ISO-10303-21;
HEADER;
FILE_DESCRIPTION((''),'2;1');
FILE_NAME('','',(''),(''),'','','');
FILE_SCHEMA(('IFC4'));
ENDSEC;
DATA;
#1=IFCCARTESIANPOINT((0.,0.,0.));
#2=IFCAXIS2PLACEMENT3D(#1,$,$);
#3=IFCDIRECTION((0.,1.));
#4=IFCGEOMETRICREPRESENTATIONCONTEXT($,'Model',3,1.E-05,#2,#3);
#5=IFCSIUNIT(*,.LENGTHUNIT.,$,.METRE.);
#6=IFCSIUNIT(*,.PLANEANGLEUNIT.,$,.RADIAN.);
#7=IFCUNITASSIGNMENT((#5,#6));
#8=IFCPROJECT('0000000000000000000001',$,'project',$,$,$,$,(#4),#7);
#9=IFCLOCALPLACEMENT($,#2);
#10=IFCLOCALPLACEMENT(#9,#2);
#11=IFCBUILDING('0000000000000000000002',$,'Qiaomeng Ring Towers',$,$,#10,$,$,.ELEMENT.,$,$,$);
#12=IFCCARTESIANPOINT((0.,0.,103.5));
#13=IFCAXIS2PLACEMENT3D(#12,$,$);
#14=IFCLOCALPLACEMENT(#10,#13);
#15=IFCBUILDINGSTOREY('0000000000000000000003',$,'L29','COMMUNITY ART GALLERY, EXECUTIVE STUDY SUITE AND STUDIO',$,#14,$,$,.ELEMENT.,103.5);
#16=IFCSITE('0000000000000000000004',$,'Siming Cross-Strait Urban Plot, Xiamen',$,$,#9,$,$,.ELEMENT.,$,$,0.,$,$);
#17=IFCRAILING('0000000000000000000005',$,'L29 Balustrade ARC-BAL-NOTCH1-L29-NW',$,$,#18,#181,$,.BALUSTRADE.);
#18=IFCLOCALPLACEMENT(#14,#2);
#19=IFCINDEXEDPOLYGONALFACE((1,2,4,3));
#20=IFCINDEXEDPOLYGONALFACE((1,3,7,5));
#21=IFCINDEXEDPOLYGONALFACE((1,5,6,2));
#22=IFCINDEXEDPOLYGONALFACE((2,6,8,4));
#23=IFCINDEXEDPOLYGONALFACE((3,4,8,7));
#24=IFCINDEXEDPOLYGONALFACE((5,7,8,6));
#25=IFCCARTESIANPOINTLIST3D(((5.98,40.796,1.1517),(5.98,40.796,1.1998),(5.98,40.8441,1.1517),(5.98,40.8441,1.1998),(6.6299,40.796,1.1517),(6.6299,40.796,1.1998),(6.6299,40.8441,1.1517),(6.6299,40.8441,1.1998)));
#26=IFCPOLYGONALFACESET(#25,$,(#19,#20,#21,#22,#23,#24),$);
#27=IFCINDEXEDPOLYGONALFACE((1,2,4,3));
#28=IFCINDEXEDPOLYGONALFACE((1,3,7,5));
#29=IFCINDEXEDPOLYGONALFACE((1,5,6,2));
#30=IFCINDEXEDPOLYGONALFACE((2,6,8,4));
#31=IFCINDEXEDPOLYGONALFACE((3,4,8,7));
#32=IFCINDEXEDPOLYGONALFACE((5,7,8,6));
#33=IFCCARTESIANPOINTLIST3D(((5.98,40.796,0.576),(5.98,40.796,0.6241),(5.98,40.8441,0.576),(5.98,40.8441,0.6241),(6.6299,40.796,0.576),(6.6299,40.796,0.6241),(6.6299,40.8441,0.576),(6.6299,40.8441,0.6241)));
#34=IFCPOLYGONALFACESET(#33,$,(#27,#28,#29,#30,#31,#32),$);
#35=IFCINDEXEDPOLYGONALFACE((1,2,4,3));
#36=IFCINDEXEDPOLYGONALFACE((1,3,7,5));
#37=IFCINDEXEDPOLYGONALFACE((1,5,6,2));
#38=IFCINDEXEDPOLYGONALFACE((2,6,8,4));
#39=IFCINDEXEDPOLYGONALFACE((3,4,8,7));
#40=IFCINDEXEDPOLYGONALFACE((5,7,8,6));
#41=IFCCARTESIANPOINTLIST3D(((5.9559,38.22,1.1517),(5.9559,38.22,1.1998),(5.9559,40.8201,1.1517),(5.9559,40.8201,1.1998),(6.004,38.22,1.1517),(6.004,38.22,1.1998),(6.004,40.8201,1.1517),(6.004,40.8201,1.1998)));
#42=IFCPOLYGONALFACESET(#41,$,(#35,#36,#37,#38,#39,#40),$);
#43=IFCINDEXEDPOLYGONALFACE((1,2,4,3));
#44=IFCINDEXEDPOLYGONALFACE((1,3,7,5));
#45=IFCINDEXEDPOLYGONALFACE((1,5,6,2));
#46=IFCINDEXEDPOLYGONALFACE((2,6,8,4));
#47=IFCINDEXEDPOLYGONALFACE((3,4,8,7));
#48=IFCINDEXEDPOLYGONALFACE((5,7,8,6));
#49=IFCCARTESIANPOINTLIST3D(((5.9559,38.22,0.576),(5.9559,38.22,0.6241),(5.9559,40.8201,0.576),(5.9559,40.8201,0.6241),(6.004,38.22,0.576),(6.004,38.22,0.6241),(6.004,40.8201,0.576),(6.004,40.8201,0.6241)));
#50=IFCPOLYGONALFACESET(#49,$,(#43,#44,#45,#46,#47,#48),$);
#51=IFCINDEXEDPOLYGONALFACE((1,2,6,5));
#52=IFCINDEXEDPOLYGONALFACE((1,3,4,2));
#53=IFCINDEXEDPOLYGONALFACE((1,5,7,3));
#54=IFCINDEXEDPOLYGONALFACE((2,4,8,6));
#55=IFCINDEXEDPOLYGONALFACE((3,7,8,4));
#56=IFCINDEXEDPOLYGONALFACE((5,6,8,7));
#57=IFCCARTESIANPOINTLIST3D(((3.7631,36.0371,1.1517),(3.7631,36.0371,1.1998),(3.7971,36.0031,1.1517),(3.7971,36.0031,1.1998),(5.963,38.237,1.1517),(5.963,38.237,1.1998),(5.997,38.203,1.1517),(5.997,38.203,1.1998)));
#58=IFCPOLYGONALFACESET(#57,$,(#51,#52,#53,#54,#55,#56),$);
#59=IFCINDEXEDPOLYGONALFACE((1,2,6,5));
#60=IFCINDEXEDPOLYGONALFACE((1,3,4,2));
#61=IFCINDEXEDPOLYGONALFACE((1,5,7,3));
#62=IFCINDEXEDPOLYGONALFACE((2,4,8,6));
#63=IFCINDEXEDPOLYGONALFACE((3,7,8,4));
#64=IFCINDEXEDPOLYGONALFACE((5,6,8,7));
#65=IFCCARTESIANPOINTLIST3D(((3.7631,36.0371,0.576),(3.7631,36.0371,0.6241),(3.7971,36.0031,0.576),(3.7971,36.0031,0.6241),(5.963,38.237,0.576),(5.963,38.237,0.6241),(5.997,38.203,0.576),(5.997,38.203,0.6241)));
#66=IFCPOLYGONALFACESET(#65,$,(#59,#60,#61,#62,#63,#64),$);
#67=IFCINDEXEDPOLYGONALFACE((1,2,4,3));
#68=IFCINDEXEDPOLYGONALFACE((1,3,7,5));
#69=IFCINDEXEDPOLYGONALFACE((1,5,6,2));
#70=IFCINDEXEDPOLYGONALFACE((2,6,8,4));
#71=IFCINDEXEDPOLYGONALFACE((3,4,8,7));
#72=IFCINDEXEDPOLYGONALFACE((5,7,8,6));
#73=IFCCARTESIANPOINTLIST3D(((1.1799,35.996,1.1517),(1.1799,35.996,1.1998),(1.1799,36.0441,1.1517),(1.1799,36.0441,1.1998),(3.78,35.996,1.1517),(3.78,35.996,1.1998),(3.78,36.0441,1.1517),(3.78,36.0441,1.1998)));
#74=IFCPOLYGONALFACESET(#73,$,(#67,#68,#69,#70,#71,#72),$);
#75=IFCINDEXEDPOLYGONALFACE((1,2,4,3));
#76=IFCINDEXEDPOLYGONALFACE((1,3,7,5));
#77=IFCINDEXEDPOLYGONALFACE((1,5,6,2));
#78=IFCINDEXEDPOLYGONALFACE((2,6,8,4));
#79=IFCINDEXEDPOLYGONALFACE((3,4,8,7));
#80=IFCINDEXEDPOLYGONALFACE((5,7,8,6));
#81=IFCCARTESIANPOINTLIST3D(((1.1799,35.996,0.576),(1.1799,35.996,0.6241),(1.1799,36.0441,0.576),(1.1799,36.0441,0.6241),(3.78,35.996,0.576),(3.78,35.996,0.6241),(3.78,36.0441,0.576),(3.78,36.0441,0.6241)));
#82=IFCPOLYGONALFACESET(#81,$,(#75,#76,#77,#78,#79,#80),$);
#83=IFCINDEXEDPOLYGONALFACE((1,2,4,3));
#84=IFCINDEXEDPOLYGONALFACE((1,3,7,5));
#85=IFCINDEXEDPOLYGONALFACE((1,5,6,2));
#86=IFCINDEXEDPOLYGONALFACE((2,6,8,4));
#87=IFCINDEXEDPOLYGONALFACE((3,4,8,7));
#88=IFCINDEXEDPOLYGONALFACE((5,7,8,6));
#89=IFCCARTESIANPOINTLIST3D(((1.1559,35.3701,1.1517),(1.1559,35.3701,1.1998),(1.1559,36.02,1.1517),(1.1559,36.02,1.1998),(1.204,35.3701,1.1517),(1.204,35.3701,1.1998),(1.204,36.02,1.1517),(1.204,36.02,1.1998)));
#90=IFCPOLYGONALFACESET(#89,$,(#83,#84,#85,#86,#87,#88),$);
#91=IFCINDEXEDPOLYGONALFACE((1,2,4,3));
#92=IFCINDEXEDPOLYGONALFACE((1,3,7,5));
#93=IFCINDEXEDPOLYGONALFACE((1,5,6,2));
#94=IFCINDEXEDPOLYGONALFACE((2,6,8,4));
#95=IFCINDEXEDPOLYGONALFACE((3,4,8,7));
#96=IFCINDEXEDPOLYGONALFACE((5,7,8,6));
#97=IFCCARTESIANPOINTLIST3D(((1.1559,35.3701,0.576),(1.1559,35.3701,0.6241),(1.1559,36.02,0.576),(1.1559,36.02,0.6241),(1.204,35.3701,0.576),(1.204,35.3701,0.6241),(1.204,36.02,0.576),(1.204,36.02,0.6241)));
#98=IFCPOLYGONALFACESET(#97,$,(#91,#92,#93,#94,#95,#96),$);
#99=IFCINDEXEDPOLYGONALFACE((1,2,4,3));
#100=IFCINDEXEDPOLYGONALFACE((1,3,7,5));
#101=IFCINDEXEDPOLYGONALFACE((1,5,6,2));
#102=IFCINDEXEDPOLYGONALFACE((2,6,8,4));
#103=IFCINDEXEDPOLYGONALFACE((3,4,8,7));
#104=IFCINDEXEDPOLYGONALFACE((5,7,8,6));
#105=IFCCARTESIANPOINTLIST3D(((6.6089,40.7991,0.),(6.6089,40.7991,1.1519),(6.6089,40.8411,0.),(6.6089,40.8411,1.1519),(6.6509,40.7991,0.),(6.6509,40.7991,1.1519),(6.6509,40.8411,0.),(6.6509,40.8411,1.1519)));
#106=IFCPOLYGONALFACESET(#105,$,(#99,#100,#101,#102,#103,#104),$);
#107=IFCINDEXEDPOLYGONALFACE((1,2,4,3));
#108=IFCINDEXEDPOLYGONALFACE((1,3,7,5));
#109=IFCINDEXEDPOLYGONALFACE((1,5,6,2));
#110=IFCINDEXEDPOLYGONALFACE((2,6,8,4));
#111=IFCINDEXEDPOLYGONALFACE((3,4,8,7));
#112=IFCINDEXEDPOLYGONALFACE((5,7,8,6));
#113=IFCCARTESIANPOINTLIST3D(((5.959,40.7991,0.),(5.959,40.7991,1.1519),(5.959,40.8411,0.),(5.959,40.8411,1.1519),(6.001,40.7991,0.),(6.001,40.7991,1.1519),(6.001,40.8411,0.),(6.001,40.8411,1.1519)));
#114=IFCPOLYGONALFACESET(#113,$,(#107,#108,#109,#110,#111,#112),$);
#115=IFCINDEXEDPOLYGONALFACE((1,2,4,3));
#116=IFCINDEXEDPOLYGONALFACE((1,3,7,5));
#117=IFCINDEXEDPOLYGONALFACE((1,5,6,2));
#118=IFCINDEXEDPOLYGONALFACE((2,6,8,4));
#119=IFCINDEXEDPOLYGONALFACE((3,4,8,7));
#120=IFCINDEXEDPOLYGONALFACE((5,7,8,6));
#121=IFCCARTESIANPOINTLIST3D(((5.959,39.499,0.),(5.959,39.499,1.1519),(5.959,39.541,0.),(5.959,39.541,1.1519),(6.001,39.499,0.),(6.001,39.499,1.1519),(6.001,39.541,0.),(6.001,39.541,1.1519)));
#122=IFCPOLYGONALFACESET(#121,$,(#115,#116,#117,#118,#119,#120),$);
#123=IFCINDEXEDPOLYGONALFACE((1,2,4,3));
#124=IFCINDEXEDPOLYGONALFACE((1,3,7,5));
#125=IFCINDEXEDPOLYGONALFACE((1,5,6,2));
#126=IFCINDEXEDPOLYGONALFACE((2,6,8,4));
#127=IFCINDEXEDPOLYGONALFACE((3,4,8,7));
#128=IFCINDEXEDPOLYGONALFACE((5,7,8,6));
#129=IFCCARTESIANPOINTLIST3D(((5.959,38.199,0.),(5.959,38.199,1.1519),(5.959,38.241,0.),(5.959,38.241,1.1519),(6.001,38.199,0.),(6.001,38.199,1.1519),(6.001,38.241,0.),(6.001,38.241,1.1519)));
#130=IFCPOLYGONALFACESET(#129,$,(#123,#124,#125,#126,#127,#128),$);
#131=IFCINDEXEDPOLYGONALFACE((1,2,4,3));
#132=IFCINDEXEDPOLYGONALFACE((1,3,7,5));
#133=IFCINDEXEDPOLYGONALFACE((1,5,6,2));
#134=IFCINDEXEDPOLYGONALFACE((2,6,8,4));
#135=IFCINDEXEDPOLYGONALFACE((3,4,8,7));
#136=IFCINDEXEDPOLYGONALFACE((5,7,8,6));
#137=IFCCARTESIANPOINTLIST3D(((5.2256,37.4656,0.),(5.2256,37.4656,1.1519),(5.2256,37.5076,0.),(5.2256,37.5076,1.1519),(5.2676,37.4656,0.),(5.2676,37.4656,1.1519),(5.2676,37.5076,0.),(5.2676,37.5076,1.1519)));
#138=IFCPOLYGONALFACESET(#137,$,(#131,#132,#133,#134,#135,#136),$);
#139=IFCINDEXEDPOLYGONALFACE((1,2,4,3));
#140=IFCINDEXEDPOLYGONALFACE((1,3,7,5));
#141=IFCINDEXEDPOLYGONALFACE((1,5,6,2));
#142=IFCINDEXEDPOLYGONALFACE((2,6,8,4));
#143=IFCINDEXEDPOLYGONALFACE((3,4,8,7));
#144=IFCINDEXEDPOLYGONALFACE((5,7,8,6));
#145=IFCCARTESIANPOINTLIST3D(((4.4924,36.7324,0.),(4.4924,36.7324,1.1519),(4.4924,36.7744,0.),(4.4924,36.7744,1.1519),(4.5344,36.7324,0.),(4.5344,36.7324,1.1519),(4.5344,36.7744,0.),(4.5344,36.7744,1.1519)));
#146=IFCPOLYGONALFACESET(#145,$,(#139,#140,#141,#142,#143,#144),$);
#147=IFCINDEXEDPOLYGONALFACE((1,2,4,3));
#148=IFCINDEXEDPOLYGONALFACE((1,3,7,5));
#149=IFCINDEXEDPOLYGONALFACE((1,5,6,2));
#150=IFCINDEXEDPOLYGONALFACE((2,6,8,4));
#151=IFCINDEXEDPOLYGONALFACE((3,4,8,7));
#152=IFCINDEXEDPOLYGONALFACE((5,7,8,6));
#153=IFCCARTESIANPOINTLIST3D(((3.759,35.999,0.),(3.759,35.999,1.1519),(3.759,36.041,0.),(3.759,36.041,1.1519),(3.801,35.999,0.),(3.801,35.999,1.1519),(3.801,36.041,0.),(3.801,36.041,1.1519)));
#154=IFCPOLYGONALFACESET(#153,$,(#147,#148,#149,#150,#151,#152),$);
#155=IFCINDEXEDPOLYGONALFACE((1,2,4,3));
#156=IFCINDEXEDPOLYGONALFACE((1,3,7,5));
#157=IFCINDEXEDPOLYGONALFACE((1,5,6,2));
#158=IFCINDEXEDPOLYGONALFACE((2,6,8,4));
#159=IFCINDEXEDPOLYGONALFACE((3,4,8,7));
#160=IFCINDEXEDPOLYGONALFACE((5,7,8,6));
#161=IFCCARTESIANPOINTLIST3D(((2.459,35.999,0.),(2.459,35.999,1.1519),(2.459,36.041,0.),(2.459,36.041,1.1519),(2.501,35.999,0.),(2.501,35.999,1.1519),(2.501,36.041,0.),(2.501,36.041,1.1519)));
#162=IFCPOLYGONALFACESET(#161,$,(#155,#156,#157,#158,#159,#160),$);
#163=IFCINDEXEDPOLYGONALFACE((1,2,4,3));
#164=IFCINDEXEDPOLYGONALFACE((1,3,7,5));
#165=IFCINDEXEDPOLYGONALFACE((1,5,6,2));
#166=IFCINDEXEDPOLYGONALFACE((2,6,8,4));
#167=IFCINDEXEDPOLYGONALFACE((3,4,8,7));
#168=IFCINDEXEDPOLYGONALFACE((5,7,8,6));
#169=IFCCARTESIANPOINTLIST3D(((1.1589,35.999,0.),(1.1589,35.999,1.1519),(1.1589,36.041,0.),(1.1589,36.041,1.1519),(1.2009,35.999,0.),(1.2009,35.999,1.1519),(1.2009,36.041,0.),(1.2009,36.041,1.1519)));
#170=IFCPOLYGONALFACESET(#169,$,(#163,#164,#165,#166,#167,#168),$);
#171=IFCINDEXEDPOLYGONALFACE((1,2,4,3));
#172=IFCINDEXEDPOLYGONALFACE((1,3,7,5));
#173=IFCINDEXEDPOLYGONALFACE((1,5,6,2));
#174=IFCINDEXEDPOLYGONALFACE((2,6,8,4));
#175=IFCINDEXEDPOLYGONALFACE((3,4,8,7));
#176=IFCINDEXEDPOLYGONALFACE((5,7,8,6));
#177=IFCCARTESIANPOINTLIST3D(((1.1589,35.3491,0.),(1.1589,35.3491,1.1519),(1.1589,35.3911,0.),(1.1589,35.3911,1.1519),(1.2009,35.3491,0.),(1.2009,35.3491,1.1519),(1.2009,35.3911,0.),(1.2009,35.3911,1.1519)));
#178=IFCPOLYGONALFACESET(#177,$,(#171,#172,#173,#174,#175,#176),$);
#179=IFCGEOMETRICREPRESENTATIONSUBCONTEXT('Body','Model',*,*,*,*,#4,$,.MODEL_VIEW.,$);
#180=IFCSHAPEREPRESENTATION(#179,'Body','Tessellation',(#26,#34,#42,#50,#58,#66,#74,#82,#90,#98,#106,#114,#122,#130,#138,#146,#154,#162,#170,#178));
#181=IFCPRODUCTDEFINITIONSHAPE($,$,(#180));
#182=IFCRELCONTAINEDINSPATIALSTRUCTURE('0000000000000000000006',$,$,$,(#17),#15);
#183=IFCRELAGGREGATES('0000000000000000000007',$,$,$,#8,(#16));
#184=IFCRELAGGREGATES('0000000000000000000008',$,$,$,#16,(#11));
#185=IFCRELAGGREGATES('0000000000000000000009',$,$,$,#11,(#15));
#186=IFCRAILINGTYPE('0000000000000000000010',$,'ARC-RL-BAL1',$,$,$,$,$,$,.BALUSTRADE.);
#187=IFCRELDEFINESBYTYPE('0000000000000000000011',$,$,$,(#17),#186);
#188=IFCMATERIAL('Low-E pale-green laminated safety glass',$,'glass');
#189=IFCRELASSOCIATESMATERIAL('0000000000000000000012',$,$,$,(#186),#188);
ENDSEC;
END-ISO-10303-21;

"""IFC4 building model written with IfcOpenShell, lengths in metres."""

from ifc_helpers import new_model, si_unit, direction, frame, origin, origin_2d, place, context, subcontext, project, spatial, rectangle, extrude, material, type_object, element, save


model = new_model("IFC4")

# Units and contexts
model_context = context("Model", 3, precision=1e-05, world=origin(), true_north=direction((0.0, 1.0)))
body_context = subcontext(model_context, "Body", "Model", "MODEL_VIEW")
ifc_project = project(units=[si_unit("LENGTHUNIT", "METRE"), si_unit("PLANEANGLEUNIT", "RADIAN")], contexts=[model_context])

# Site, building, storey
site_placement = place(None, origin())
site = spatial("IfcSite", under=ifc_project, at=site_placement, Name="Siming Cross-Strait Urban Plot, Xiamen", CompositionType="ELEMENT", RefElevation=0.0)
building_placement = place(site_placement, origin())
building = spatial("IfcBuilding", under=site, at=building_placement, Name="Qiaomeng Ring Towers", CompositionType="ELEMENT")
storey_placement = place(building_placement, frame((0.0, 0.0, 103.5)))
storey = spatial("IfcBuildingStorey", under=building, at=storey_placement, Name="L29", Description="COMMUNITY ART GALLERY, EXECUTIVE STUDY SUITE AND STUDIO", CompositionType="ELEMENT", Elevation=103.5)

# Railing
ifc_material_1 = material(Name="Low-E pale-green laminated safety glass", Category="glass")
railing_type = type_object("IfcRailingType", Name="ARC-RL-BAL1", PredefinedType="BALUSTRADE", material=ifc_material_1)
railing_placement = place(storey_placement, frame((6.6299, 40.8201, 0.0)))
element("IfcRailing", 1, at=railing_placement, inside=storey, type_object=railing_type, Name="L29 Balustrade ARC-BAL-NOTCH1-L29-NW", PredefinedType="BALUSTRADE", context=body_context, shape_type="SweptSolid", body=[
    extrude(rectangle(XDim=0.0481, YDim=0.0481, at=origin_2d()), frame((0.0, 0.0, 1.1758), z_axis=(-1.0, 0.0, 0.0), x_axis=(0.0, -1.0, 0.0)), (0.0, 0.0, 1.0), 0.6499),
    extrude(rectangle(XDim=0.0481, YDim=0.0481, at=origin_2d()), frame((0.0, 0.0, 0.6001), z_axis=(-1.0, 0.0, 0.0), x_axis=(0.0, -1.0, 0.0)), (0.0, 0.0, 1.0), 0.6499),
    extrude(rectangle(XDim=0.0481, YDim=0.0481, at=origin_2d()), frame((-0.6499, 0.0, 1.1758), z_axis=(0.0, -1.0, 0.0), x_axis=(1.0, 0.0, 0.0)), (0.0, 0.0, 1.0), 2.6001),
    extrude(rectangle(XDim=0.0481, YDim=0.0481, at=origin_2d()), frame((-0.6499, 0.0, 0.6001), z_axis=(0.0, -1.0, 0.0), x_axis=(1.0, 0.0, 0.0)), (0.0, 0.0, 1.0), 2.6001),
    extrude(rectangle(XDim=0.0481, YDim=0.0481, at=origin_2d()), frame((-0.6499, -2.6001, 1.1758), z_axis=(-0.707107, -0.707107, 0.0), x_axis=(0.707107, -0.707107, 0.0)), (0.0, 0.0, 1.0), 3.1111),
    extrude(rectangle(XDim=0.0481, YDim=0.0481, at=origin_2d()), frame((-0.6499, -2.6001, 0.6001), z_axis=(-0.707107, -0.707107, 0.0), x_axis=(0.707107, -0.707107, 0.0)), (0.0, 0.0, 1.0), 3.1111),
    extrude(rectangle(XDim=0.0481, YDim=0.0481, at=origin_2d()), frame((-2.8499, -4.8, 1.1758), z_axis=(-1.0, 0.0, 0.0), x_axis=(0.0, -1.0, 0.0)), (0.0, 0.0, 1.0), 2.6001),
    extrude(rectangle(XDim=0.0481, YDim=0.0481, at=origin_2d()), frame((-2.8499, -4.8, 0.6001), z_axis=(-1.0, 0.0, 0.0), x_axis=(0.0, -1.0, 0.0)), (0.0, 0.0, 1.0), 2.6001),
    extrude(rectangle(XDim=0.0481, YDim=0.0481, at=origin_2d()), frame((-5.45, -4.8, 1.1758), z_axis=(0.0, -1.0, 0.0), x_axis=(1.0, 0.0, 0.0)), (0.0, 0.0, 1.0), 0.6499),
    extrude(rectangle(XDim=0.0481, YDim=0.0481, at=origin_2d()), frame((-5.45, -4.8, 0.6001), z_axis=(0.0, -1.0, 0.0), x_axis=(1.0, 0.0, 0.0)), (0.0, 0.0, 1.0), 0.6499),
    extrude(rectangle(XDim=0.042, YDim=0.042, at=origin_2d()), origin(), (0.0, 0.0, 1.0), 1.1519),
    extrude(rectangle(XDim=0.042, YDim=0.042, at=origin_2d()), frame((-0.6499, 0.0, 0.0)), (0.0, 0.0, 1.0), 1.1519),
    extrude(rectangle(XDim=0.042, YDim=0.042, at=origin_2d()), frame((-0.6499, -1.3, 0.0)), (0.0, 0.0, 1.0), 1.1519),
    extrude(rectangle(XDim=0.042, YDim=0.042, at=origin_2d()), frame((-0.6499, -2.6001, 0.0)), (0.0, 0.0, 1.0), 1.1519),
    extrude(rectangle(XDim=0.042, YDim=0.042, at=origin_2d()), frame((-1.3833, -3.3335, 0.0)), (0.0, 0.0, 1.0), 1.1519),
    extrude(rectangle(XDim=0.042, YDim=0.042, at=origin_2d()), frame((-2.1165, -4.0667, 0.0)), (0.0, 0.0, 1.0), 1.1519),
    extrude(rectangle(XDim=0.042, YDim=0.042, at=origin_2d()), frame((-2.8499, -4.8, 0.0)), (0.0, 0.0, 1.0), 1.1519),
    extrude(rectangle(XDim=0.042, YDim=0.042, at=origin_2d()), frame((-4.1499, -4.8, 0.0)), (0.0, 0.0, 1.0), 1.1519),
    extrude(rectangle(XDim=0.042, YDim=0.042, at=origin_2d()), frame((-5.45, -4.8, 0.0)), (0.0, 0.0, 1.0), 1.1519),
    extrude(rectangle(XDim=0.042, YDim=0.042, at=origin_2d()), frame((-5.45, -5.45, 0.0)), (0.0, 0.0, 1.0), 1.1519),
])

save(model, "model.ifc")
